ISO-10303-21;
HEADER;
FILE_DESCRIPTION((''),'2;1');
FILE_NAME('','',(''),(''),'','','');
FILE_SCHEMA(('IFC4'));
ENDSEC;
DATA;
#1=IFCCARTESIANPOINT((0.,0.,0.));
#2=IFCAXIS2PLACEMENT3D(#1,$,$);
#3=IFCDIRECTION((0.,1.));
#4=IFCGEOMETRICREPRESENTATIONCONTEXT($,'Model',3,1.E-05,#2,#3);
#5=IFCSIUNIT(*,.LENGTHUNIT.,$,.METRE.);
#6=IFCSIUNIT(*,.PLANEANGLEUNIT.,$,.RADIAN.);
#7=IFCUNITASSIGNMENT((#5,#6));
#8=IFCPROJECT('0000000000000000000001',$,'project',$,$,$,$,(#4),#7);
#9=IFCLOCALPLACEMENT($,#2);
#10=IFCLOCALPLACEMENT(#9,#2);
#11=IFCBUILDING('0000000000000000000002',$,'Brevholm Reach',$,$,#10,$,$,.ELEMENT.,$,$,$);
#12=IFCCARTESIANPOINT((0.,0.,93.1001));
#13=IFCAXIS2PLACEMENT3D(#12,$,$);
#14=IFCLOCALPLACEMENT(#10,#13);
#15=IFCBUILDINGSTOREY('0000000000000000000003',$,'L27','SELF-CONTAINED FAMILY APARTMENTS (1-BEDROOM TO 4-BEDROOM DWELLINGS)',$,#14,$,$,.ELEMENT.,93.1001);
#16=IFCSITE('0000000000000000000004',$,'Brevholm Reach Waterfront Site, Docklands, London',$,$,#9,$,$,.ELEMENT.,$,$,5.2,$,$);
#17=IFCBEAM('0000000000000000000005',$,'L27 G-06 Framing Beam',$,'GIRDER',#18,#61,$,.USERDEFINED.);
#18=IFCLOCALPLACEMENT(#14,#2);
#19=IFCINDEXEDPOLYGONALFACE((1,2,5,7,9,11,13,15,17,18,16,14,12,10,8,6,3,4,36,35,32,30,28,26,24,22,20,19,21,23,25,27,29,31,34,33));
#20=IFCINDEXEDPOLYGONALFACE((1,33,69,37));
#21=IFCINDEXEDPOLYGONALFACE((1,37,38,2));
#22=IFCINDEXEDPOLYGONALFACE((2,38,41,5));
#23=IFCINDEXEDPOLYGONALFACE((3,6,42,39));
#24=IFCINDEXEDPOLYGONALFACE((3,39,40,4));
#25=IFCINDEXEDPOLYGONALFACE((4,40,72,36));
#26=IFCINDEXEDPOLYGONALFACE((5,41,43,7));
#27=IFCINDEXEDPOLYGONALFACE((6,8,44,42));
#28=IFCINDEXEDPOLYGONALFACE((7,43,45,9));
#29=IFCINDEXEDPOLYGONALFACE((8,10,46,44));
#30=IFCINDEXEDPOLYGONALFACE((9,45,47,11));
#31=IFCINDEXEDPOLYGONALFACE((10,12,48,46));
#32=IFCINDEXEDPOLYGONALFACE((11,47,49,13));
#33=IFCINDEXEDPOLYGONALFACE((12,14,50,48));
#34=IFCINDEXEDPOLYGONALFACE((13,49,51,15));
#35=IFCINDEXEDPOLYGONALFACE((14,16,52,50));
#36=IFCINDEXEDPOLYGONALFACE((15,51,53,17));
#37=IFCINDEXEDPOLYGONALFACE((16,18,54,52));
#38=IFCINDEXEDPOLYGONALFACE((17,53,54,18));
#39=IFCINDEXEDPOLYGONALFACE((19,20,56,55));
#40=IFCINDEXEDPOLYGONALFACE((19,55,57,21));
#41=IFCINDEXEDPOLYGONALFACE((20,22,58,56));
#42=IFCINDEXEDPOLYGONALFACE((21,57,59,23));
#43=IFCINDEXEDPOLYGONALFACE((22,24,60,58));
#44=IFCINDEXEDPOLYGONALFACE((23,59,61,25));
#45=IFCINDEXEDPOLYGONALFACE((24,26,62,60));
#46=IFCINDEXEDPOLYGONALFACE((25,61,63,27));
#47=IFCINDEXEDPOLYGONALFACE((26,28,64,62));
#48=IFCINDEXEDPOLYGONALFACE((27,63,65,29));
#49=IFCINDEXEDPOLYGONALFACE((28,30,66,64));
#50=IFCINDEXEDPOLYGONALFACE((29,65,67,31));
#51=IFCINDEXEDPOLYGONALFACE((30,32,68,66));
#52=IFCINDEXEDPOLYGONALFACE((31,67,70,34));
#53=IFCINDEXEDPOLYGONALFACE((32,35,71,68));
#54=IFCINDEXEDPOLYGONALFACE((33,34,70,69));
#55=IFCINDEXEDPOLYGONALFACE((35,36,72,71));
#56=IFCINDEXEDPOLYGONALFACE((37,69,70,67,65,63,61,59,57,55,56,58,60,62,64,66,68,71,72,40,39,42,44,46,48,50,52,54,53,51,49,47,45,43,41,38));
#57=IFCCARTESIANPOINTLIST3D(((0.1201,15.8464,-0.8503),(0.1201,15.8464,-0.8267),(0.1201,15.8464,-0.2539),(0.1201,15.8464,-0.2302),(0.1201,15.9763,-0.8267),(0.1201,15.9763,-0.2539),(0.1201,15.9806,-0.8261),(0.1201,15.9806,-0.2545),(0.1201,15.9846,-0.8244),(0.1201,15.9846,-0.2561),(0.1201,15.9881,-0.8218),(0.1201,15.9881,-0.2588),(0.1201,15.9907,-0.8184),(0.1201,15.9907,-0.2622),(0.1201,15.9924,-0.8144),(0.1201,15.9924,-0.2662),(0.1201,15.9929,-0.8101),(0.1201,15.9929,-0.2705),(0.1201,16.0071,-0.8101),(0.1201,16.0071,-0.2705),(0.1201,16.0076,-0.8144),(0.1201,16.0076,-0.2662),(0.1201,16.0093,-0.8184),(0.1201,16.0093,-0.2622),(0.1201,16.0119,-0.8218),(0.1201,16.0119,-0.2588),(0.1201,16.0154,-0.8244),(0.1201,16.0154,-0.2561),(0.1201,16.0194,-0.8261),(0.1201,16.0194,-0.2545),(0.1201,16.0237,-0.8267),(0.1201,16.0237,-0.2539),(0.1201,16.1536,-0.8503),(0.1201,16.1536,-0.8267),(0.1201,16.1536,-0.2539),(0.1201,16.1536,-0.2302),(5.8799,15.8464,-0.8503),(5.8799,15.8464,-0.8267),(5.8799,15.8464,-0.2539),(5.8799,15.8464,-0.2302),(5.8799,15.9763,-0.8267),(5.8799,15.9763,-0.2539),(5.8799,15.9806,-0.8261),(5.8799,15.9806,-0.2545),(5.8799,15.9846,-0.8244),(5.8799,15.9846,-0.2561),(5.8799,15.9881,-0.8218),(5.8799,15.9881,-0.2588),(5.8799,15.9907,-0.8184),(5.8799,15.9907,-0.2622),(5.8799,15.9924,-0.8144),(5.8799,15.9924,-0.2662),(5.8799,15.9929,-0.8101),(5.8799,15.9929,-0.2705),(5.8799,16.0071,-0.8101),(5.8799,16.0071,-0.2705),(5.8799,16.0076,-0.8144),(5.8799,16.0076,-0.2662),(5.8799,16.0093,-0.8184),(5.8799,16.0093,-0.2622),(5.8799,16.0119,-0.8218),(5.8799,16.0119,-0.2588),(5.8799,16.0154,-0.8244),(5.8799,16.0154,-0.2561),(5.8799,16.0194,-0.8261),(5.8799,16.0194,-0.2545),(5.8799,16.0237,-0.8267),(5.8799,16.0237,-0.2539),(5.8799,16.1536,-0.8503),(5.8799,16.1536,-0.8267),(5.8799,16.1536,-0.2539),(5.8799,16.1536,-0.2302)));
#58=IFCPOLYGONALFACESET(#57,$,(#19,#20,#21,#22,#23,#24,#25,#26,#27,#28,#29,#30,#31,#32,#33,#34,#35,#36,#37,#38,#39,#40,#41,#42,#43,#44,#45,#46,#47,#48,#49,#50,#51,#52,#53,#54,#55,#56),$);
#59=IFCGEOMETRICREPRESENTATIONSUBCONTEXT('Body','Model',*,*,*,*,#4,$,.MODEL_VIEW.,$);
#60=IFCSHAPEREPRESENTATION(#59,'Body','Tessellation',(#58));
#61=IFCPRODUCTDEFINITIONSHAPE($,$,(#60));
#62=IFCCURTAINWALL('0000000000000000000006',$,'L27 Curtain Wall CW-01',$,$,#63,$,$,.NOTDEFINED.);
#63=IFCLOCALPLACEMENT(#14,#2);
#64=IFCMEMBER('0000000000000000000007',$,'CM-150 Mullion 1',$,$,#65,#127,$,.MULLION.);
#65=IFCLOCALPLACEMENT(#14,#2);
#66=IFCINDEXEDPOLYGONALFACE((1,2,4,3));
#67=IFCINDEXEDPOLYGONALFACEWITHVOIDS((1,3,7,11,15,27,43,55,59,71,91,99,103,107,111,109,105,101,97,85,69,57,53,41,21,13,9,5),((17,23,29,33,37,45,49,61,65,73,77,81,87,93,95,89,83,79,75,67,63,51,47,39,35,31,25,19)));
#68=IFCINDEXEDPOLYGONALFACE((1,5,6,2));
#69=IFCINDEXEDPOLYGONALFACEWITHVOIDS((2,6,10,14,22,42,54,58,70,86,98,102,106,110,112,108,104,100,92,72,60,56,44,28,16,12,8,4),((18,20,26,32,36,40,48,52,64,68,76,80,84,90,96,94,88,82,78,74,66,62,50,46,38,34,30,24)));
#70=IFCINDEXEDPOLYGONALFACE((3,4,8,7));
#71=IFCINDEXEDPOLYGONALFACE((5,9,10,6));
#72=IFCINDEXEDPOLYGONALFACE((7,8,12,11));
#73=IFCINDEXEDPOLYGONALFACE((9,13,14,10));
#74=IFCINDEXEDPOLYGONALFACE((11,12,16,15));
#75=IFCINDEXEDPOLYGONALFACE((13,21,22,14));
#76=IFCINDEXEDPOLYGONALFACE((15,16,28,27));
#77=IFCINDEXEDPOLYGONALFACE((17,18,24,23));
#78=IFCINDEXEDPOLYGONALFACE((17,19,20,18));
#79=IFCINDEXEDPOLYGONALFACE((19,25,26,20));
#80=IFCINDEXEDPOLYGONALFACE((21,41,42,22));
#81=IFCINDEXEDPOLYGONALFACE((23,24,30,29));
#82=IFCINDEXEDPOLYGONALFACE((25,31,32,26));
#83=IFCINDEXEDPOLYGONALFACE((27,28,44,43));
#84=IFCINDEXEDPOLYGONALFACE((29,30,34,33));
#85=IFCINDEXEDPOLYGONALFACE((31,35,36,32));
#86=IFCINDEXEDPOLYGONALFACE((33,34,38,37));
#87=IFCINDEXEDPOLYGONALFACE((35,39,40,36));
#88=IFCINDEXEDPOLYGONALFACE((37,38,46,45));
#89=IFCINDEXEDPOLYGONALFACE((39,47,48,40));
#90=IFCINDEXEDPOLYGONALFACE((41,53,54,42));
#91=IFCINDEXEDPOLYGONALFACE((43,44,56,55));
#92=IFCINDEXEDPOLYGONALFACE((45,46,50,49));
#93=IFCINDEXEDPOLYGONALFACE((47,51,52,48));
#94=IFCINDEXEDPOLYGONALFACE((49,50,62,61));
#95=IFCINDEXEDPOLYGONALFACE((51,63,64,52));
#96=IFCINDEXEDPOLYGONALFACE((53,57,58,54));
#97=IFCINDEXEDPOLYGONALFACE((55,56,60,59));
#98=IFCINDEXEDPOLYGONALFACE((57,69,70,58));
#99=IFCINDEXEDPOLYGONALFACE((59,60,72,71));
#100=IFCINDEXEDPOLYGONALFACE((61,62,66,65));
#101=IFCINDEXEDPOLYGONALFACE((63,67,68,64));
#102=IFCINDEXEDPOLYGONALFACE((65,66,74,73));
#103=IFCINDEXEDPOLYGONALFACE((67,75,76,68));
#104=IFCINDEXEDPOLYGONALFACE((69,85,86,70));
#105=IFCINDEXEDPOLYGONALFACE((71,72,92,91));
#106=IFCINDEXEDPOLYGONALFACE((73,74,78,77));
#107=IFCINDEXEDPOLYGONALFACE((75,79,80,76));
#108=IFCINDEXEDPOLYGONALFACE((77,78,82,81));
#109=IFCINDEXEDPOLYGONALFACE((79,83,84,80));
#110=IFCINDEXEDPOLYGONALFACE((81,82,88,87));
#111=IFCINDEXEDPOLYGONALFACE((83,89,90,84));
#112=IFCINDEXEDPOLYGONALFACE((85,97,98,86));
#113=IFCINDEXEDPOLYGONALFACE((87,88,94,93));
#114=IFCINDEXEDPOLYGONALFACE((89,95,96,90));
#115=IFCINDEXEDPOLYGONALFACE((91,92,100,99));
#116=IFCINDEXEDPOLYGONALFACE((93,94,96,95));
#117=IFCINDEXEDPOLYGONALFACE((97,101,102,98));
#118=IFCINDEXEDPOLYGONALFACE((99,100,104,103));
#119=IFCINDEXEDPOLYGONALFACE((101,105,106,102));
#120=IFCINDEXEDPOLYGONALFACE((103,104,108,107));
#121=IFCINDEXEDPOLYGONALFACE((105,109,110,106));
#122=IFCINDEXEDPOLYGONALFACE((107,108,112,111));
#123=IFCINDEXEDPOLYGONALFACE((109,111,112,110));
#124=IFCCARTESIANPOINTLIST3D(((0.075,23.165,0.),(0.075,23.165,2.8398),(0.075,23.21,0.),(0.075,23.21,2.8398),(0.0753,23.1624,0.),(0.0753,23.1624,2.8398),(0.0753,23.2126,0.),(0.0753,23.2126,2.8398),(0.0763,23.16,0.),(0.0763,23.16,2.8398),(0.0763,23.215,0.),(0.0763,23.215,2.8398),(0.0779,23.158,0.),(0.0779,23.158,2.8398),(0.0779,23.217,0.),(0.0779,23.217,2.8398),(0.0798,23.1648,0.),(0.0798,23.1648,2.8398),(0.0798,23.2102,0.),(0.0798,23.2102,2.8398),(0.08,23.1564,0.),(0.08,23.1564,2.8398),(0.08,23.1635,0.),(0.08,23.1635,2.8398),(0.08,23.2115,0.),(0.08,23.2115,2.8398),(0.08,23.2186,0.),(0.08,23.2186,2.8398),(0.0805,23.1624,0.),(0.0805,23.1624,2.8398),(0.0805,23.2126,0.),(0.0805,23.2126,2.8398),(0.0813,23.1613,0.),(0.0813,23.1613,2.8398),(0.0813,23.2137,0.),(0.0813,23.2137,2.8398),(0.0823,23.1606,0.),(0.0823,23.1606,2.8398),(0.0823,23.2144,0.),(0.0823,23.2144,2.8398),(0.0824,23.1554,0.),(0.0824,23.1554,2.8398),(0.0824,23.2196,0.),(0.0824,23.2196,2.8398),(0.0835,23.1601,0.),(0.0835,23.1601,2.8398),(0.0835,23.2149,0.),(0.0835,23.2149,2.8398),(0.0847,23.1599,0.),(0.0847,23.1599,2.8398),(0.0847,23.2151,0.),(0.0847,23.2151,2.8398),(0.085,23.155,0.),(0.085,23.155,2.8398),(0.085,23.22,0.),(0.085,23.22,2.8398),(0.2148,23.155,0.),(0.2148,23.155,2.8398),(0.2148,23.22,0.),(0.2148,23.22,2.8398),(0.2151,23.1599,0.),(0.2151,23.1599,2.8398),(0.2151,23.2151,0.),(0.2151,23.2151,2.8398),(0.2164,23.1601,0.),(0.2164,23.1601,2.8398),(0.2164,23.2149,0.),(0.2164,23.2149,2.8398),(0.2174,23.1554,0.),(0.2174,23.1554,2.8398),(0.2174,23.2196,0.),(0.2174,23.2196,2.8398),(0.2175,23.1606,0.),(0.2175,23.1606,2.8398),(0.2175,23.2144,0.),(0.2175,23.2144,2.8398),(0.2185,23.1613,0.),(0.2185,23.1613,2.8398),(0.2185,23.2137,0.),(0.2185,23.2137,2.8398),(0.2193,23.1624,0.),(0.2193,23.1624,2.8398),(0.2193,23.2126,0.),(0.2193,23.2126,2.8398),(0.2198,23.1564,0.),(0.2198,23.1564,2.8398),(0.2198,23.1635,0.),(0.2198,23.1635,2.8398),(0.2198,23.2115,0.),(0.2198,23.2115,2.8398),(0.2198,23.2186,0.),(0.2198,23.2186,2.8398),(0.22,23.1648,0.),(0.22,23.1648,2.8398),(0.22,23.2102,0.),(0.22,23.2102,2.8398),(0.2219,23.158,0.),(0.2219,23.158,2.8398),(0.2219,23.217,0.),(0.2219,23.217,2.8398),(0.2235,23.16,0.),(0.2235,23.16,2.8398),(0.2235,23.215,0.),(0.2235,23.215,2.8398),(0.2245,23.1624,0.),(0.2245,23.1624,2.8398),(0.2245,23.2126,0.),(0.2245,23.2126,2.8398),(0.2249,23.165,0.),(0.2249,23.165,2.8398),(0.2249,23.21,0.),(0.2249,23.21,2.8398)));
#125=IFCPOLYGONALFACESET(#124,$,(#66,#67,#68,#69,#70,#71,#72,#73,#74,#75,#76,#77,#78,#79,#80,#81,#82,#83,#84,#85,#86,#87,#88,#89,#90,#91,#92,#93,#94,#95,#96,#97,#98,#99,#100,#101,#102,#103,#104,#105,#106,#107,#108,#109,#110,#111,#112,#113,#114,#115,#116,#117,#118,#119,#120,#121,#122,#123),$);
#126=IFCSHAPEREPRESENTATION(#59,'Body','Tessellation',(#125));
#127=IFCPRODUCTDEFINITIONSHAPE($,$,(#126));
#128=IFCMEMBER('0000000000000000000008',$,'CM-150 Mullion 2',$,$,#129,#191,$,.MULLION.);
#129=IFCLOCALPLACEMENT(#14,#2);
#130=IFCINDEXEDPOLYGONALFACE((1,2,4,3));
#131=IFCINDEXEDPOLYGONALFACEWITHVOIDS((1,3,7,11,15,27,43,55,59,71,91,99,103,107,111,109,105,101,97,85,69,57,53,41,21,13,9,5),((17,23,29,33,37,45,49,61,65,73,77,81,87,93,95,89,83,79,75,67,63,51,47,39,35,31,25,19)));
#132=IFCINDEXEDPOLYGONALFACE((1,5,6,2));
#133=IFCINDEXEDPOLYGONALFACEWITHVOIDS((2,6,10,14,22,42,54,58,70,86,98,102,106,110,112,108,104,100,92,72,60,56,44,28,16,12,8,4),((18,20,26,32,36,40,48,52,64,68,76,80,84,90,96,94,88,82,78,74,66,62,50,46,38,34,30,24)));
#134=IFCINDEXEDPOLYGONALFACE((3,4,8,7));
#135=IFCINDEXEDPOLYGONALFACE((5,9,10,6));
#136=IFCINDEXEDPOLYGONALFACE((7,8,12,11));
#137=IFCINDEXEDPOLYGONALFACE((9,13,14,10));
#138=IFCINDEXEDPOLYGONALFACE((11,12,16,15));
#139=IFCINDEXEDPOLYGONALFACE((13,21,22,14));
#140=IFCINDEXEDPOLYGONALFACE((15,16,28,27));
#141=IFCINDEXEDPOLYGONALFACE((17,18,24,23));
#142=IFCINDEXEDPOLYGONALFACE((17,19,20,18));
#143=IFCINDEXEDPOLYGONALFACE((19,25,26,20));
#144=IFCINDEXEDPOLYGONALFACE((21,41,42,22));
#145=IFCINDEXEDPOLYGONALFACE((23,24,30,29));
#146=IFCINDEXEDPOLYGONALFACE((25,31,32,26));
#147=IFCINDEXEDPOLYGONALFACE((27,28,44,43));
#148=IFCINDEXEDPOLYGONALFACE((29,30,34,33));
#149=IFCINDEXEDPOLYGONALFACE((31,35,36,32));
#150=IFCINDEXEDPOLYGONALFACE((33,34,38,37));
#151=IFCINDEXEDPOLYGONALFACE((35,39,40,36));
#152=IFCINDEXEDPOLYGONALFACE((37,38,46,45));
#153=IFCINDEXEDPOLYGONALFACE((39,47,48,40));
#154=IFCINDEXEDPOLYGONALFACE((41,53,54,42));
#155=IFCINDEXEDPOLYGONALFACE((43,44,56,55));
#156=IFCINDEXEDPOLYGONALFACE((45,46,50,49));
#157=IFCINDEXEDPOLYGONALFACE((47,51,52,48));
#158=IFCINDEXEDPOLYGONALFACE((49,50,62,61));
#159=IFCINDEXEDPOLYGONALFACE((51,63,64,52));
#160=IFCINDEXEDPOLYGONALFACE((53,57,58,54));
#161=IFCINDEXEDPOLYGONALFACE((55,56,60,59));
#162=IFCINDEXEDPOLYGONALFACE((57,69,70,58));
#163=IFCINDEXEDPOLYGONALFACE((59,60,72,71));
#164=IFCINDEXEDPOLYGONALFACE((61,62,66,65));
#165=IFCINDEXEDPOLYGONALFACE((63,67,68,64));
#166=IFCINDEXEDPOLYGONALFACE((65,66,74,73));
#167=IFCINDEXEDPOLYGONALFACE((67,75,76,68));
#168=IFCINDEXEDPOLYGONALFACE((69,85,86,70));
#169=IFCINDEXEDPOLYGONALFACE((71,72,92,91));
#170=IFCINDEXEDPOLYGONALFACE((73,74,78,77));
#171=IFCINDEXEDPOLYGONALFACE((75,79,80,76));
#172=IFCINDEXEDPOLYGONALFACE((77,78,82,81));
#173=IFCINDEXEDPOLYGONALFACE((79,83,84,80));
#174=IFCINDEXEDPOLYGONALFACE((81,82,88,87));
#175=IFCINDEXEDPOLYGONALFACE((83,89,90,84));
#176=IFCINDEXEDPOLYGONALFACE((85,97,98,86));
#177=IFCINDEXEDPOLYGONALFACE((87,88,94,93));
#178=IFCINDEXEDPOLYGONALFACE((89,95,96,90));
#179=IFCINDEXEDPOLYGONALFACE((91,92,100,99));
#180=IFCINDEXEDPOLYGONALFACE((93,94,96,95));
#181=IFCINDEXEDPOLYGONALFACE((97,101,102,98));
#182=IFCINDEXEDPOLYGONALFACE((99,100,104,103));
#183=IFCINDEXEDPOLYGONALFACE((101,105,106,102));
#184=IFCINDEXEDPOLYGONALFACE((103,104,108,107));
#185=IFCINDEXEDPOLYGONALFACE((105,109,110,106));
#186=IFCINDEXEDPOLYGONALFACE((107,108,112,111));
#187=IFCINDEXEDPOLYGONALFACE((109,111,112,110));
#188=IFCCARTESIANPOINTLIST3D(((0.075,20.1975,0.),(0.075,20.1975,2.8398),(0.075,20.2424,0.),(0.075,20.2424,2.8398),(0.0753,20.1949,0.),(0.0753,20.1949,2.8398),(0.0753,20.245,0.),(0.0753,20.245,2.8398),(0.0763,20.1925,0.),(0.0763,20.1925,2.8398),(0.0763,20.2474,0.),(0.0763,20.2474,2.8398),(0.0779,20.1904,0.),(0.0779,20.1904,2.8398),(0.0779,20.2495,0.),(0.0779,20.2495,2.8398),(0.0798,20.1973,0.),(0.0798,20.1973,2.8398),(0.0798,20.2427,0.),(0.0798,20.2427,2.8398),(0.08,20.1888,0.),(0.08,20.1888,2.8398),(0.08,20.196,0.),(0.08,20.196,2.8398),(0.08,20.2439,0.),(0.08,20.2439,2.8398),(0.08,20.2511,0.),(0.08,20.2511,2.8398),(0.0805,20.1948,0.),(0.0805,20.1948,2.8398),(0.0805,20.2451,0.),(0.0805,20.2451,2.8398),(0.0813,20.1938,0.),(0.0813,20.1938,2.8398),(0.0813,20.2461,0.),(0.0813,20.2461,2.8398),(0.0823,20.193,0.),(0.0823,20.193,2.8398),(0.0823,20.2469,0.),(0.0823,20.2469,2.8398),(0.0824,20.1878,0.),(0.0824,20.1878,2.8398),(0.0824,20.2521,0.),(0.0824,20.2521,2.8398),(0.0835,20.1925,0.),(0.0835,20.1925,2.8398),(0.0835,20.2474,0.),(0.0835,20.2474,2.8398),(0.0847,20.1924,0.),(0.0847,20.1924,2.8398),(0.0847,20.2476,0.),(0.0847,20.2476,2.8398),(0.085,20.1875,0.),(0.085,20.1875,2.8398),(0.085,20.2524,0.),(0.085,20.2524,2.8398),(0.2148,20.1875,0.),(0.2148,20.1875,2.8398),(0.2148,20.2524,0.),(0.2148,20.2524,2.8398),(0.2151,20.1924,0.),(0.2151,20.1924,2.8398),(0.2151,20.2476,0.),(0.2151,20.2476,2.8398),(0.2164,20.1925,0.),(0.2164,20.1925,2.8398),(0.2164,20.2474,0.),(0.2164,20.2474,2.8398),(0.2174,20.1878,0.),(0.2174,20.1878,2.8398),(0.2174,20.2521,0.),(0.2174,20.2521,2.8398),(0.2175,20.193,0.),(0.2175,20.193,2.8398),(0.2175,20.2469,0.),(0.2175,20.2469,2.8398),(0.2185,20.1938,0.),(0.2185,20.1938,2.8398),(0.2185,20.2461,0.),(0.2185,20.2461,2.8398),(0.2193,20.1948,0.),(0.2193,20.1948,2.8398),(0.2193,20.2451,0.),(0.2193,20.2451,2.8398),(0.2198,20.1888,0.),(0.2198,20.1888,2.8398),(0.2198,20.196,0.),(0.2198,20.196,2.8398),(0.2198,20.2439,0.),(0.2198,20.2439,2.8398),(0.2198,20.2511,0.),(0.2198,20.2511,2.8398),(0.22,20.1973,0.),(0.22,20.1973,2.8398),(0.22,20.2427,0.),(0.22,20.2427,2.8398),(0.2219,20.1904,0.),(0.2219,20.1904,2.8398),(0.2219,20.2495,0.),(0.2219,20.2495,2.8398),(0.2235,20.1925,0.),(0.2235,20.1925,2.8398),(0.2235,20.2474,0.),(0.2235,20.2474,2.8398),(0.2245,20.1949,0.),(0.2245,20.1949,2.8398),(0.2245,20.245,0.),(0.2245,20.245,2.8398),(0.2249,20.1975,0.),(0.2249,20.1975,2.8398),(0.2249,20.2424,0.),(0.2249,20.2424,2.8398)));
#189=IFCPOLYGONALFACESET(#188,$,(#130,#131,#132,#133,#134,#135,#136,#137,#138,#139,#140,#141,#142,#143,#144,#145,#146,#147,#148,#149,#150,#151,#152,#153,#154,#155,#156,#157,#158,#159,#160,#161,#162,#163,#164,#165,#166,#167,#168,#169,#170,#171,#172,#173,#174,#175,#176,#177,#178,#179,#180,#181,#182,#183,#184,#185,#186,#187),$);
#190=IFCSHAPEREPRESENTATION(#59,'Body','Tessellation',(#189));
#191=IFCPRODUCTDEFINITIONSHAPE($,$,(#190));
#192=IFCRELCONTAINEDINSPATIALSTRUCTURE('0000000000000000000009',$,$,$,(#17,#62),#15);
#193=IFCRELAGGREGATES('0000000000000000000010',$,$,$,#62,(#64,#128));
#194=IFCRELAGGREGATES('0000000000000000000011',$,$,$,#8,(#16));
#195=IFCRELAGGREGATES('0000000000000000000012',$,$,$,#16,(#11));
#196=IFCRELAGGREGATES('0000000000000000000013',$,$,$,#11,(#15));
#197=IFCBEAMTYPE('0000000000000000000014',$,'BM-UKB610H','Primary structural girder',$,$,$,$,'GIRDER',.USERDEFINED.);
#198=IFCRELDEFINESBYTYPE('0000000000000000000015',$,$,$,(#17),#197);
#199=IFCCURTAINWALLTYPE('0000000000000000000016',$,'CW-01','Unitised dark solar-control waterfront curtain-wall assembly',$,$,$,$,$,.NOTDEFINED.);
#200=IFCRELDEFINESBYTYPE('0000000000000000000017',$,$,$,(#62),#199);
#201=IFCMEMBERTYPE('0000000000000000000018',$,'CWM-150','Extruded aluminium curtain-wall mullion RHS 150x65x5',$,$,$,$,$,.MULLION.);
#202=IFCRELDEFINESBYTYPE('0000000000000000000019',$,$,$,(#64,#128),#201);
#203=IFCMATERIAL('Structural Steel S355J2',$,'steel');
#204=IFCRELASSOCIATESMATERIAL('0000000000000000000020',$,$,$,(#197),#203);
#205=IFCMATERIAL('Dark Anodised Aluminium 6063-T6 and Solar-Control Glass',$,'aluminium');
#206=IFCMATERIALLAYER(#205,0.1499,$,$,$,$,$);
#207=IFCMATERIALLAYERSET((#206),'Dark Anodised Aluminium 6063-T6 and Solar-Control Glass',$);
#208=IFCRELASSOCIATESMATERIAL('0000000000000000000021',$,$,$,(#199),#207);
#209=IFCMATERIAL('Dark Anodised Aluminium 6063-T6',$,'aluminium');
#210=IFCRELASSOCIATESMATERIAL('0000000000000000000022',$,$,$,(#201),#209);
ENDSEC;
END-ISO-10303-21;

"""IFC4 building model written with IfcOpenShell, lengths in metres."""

from ifc_helpers import new_model, si_unit, direction, frame, origin, origin_2d, place, context, subcontext, project, spatial, hollow_rectangle, i_section, extrude, material, layer, layer_set, material_profile, profile_set, type_object, element, aggregate, save


model = new_model("IFC4")

# Units and contexts
model_context = context("Model", 3, precision=1e-05, world=origin(), true_north=direction((0.0, 1.0)))
body_context = subcontext(model_context, "Body", "Model", "MODEL_VIEW")
ifc_project = project(units=[si_unit("LENGTHUNIT", "METRE"), si_unit("PLANEANGLEUNIT", "RADIAN")], contexts=[model_context])

# Site, building, storey
site_placement = place(None, origin())
site = spatial("IfcSite", under=ifc_project, at=site_placement, Name="Brevholm Reach Waterfront Site, Docklands, London", CompositionType="ELEMENT", RefElevation=5.2)
building_placement = place(site_placement, origin())
building = spatial("IfcBuilding", under=site, at=building_placement, Name="Brevholm Reach", CompositionType="ELEMENT")
storey_placement = place(building_placement, frame((0.0, 0.0, 93.1001)))
storey = spatial("IfcBuildingStorey", under=building, at=storey_placement, Name="L27", Description="SELF-CONTAINED FAMILY APARTMENTS (1-BEDROOM TO 4-BEDROOM DWELLINGS)", CompositionType="ELEMENT", Elevation=93.1001)

# Beam
ifc_material_1 = material(Name="Structural Steel S355J2", Category="steel")
ifc_material_profile_1 = material_profile(ifc_material_1, i_section(OverallWidth=0.3071, OverallDepth=0.6201, WebThickness=0.0142, FlangeThickness=0.0237, FilletRadius=0.0166, at=origin_2d()), Name="UKB 610x305x179")
ifc_profile_set_1 = profile_set([ifc_material_profile_1], Name="Structural Steel S355J2")
beam_type_1 = type_object("IfcBeamType", Name="BM-UKB610H", Description="Primary structural girder", ElementType="GIRDER", PredefinedType="USERDEFINED", material=ifc_profile_set_1)
beam_1_placement = place(storey_placement, frame((0.1201, 16.0, -0.5403), z_axis=(1.0, 0.0, 0.0), x_axis=(0.0, 1.0, 0.0)))
element("IfcBeam", 1, at=beam_1_placement, inside=storey, type_object=beam_type_1, Name="L27 G-06 Framing Beam", ObjectType="GIRDER", PredefinedType="USERDEFINED", context=body_context, shape_type="SweptSolid", body=[
    extrude(i_section(OverallWidth=0.3071, OverallDepth=0.6201, WebThickness=0.0142, FlangeThickness=0.0237, FilletRadius=0.0166, at=origin_2d()), origin(), (0.0, 0.0, 1.0), 5.7598),
])

# Curtain wall, members
ifc_material_2 = material(Name="Dark Anodised Aluminium 6063-T6 and Solar-Control Glass", Category="aluminium")
ifc_layer_1 = layer(ifc_material_2, 0.1499)
ifc_layer_set_1 = layer_set([ifc_layer_1], Name="Dark Anodised Aluminium 6063-T6 and Solar-Control Glass")
curtain_wall_type = type_object("IfcCurtainWallType", Name="CW-01", Description="Unitised dark solar-control waterfront curtain-wall assembly", PredefinedType="NOTDEFINED", material=ifc_layer_set_1)
curtain_wall_placement = place(storey_placement, origin())
curtain_wall = element("IfcCurtainWall", 2, at=curtain_wall_placement, inside=storey, type_object=curtain_wall_type, Name="L27 Curtain Wall CW-01", PredefinedType="NOTDEFINED")
ifc_material_3 = material(Name="Dark Anodised Aluminium 6063-T6", Category="aluminium")
ifc_material_profile_2 = material_profile(ifc_material_3, hollow_rectangle(XDim=0.0649, YDim=0.1499, WallThickness=0.0049, InnerFilletRadius=0.0049, OuterFilletRadius=0.01, at=origin_2d()), Name="RHS 150x65x5")
ifc_profile_set_2 = profile_set([ifc_material_profile_2], Name="Dark Anodised Aluminium 6063-T6")
member_type_1 = type_object("IfcMemberType", Name="CWM-150", Description="Extruded aluminium curtain-wall mullion RHS 150x65x5", PredefinedType="MULLION", material=ifc_profile_set_2)
member_1_placement = place(storey_placement, frame((0.1499, 23.1875, 0.0), z_axis=(0.0, 0.0, 1.0), x_axis=(0.0, -1.0, 0.0)))
member_1 = element("IfcMember", 3, at=member_1_placement, type_object=member_type_1, Name="CM-150 Mullion 1", PredefinedType="MULLION", context=body_context, shape_type="SweptSolid", body=[
    extrude(hollow_rectangle(XDim=0.0649, YDim=0.1499, WallThickness=0.0049, InnerFilletRadius=0.0049, OuterFilletRadius=0.01, at=origin_2d()), origin(), (0.0, 0.0, 1.0), 2.8398),
])
member_2_placement = place(storey_placement, frame((0.1499, 20.22, 0.0), z_axis=(0.0, 0.0, 1.0), x_axis=(0.0, -1.0, 0.0)))
member_2 = element("IfcMember", 4, at=member_2_placement, type_object=member_type_1, Name="CM-150 Mullion 2", PredefinedType="MULLION", context=body_context, shape_type="SweptSolid", body=[
    extrude(hollow_rectangle(XDim=0.0649, YDim=0.1499, WallThickness=0.0049, InnerFilletRadius=0.0049, OuterFilletRadius=0.01, at=origin_2d()), origin(), (0.0, 0.0, 1.0), 2.8398),
])
aggregate(curtain_wall, [member_1, member_2])

save(model, "model.ifc")
